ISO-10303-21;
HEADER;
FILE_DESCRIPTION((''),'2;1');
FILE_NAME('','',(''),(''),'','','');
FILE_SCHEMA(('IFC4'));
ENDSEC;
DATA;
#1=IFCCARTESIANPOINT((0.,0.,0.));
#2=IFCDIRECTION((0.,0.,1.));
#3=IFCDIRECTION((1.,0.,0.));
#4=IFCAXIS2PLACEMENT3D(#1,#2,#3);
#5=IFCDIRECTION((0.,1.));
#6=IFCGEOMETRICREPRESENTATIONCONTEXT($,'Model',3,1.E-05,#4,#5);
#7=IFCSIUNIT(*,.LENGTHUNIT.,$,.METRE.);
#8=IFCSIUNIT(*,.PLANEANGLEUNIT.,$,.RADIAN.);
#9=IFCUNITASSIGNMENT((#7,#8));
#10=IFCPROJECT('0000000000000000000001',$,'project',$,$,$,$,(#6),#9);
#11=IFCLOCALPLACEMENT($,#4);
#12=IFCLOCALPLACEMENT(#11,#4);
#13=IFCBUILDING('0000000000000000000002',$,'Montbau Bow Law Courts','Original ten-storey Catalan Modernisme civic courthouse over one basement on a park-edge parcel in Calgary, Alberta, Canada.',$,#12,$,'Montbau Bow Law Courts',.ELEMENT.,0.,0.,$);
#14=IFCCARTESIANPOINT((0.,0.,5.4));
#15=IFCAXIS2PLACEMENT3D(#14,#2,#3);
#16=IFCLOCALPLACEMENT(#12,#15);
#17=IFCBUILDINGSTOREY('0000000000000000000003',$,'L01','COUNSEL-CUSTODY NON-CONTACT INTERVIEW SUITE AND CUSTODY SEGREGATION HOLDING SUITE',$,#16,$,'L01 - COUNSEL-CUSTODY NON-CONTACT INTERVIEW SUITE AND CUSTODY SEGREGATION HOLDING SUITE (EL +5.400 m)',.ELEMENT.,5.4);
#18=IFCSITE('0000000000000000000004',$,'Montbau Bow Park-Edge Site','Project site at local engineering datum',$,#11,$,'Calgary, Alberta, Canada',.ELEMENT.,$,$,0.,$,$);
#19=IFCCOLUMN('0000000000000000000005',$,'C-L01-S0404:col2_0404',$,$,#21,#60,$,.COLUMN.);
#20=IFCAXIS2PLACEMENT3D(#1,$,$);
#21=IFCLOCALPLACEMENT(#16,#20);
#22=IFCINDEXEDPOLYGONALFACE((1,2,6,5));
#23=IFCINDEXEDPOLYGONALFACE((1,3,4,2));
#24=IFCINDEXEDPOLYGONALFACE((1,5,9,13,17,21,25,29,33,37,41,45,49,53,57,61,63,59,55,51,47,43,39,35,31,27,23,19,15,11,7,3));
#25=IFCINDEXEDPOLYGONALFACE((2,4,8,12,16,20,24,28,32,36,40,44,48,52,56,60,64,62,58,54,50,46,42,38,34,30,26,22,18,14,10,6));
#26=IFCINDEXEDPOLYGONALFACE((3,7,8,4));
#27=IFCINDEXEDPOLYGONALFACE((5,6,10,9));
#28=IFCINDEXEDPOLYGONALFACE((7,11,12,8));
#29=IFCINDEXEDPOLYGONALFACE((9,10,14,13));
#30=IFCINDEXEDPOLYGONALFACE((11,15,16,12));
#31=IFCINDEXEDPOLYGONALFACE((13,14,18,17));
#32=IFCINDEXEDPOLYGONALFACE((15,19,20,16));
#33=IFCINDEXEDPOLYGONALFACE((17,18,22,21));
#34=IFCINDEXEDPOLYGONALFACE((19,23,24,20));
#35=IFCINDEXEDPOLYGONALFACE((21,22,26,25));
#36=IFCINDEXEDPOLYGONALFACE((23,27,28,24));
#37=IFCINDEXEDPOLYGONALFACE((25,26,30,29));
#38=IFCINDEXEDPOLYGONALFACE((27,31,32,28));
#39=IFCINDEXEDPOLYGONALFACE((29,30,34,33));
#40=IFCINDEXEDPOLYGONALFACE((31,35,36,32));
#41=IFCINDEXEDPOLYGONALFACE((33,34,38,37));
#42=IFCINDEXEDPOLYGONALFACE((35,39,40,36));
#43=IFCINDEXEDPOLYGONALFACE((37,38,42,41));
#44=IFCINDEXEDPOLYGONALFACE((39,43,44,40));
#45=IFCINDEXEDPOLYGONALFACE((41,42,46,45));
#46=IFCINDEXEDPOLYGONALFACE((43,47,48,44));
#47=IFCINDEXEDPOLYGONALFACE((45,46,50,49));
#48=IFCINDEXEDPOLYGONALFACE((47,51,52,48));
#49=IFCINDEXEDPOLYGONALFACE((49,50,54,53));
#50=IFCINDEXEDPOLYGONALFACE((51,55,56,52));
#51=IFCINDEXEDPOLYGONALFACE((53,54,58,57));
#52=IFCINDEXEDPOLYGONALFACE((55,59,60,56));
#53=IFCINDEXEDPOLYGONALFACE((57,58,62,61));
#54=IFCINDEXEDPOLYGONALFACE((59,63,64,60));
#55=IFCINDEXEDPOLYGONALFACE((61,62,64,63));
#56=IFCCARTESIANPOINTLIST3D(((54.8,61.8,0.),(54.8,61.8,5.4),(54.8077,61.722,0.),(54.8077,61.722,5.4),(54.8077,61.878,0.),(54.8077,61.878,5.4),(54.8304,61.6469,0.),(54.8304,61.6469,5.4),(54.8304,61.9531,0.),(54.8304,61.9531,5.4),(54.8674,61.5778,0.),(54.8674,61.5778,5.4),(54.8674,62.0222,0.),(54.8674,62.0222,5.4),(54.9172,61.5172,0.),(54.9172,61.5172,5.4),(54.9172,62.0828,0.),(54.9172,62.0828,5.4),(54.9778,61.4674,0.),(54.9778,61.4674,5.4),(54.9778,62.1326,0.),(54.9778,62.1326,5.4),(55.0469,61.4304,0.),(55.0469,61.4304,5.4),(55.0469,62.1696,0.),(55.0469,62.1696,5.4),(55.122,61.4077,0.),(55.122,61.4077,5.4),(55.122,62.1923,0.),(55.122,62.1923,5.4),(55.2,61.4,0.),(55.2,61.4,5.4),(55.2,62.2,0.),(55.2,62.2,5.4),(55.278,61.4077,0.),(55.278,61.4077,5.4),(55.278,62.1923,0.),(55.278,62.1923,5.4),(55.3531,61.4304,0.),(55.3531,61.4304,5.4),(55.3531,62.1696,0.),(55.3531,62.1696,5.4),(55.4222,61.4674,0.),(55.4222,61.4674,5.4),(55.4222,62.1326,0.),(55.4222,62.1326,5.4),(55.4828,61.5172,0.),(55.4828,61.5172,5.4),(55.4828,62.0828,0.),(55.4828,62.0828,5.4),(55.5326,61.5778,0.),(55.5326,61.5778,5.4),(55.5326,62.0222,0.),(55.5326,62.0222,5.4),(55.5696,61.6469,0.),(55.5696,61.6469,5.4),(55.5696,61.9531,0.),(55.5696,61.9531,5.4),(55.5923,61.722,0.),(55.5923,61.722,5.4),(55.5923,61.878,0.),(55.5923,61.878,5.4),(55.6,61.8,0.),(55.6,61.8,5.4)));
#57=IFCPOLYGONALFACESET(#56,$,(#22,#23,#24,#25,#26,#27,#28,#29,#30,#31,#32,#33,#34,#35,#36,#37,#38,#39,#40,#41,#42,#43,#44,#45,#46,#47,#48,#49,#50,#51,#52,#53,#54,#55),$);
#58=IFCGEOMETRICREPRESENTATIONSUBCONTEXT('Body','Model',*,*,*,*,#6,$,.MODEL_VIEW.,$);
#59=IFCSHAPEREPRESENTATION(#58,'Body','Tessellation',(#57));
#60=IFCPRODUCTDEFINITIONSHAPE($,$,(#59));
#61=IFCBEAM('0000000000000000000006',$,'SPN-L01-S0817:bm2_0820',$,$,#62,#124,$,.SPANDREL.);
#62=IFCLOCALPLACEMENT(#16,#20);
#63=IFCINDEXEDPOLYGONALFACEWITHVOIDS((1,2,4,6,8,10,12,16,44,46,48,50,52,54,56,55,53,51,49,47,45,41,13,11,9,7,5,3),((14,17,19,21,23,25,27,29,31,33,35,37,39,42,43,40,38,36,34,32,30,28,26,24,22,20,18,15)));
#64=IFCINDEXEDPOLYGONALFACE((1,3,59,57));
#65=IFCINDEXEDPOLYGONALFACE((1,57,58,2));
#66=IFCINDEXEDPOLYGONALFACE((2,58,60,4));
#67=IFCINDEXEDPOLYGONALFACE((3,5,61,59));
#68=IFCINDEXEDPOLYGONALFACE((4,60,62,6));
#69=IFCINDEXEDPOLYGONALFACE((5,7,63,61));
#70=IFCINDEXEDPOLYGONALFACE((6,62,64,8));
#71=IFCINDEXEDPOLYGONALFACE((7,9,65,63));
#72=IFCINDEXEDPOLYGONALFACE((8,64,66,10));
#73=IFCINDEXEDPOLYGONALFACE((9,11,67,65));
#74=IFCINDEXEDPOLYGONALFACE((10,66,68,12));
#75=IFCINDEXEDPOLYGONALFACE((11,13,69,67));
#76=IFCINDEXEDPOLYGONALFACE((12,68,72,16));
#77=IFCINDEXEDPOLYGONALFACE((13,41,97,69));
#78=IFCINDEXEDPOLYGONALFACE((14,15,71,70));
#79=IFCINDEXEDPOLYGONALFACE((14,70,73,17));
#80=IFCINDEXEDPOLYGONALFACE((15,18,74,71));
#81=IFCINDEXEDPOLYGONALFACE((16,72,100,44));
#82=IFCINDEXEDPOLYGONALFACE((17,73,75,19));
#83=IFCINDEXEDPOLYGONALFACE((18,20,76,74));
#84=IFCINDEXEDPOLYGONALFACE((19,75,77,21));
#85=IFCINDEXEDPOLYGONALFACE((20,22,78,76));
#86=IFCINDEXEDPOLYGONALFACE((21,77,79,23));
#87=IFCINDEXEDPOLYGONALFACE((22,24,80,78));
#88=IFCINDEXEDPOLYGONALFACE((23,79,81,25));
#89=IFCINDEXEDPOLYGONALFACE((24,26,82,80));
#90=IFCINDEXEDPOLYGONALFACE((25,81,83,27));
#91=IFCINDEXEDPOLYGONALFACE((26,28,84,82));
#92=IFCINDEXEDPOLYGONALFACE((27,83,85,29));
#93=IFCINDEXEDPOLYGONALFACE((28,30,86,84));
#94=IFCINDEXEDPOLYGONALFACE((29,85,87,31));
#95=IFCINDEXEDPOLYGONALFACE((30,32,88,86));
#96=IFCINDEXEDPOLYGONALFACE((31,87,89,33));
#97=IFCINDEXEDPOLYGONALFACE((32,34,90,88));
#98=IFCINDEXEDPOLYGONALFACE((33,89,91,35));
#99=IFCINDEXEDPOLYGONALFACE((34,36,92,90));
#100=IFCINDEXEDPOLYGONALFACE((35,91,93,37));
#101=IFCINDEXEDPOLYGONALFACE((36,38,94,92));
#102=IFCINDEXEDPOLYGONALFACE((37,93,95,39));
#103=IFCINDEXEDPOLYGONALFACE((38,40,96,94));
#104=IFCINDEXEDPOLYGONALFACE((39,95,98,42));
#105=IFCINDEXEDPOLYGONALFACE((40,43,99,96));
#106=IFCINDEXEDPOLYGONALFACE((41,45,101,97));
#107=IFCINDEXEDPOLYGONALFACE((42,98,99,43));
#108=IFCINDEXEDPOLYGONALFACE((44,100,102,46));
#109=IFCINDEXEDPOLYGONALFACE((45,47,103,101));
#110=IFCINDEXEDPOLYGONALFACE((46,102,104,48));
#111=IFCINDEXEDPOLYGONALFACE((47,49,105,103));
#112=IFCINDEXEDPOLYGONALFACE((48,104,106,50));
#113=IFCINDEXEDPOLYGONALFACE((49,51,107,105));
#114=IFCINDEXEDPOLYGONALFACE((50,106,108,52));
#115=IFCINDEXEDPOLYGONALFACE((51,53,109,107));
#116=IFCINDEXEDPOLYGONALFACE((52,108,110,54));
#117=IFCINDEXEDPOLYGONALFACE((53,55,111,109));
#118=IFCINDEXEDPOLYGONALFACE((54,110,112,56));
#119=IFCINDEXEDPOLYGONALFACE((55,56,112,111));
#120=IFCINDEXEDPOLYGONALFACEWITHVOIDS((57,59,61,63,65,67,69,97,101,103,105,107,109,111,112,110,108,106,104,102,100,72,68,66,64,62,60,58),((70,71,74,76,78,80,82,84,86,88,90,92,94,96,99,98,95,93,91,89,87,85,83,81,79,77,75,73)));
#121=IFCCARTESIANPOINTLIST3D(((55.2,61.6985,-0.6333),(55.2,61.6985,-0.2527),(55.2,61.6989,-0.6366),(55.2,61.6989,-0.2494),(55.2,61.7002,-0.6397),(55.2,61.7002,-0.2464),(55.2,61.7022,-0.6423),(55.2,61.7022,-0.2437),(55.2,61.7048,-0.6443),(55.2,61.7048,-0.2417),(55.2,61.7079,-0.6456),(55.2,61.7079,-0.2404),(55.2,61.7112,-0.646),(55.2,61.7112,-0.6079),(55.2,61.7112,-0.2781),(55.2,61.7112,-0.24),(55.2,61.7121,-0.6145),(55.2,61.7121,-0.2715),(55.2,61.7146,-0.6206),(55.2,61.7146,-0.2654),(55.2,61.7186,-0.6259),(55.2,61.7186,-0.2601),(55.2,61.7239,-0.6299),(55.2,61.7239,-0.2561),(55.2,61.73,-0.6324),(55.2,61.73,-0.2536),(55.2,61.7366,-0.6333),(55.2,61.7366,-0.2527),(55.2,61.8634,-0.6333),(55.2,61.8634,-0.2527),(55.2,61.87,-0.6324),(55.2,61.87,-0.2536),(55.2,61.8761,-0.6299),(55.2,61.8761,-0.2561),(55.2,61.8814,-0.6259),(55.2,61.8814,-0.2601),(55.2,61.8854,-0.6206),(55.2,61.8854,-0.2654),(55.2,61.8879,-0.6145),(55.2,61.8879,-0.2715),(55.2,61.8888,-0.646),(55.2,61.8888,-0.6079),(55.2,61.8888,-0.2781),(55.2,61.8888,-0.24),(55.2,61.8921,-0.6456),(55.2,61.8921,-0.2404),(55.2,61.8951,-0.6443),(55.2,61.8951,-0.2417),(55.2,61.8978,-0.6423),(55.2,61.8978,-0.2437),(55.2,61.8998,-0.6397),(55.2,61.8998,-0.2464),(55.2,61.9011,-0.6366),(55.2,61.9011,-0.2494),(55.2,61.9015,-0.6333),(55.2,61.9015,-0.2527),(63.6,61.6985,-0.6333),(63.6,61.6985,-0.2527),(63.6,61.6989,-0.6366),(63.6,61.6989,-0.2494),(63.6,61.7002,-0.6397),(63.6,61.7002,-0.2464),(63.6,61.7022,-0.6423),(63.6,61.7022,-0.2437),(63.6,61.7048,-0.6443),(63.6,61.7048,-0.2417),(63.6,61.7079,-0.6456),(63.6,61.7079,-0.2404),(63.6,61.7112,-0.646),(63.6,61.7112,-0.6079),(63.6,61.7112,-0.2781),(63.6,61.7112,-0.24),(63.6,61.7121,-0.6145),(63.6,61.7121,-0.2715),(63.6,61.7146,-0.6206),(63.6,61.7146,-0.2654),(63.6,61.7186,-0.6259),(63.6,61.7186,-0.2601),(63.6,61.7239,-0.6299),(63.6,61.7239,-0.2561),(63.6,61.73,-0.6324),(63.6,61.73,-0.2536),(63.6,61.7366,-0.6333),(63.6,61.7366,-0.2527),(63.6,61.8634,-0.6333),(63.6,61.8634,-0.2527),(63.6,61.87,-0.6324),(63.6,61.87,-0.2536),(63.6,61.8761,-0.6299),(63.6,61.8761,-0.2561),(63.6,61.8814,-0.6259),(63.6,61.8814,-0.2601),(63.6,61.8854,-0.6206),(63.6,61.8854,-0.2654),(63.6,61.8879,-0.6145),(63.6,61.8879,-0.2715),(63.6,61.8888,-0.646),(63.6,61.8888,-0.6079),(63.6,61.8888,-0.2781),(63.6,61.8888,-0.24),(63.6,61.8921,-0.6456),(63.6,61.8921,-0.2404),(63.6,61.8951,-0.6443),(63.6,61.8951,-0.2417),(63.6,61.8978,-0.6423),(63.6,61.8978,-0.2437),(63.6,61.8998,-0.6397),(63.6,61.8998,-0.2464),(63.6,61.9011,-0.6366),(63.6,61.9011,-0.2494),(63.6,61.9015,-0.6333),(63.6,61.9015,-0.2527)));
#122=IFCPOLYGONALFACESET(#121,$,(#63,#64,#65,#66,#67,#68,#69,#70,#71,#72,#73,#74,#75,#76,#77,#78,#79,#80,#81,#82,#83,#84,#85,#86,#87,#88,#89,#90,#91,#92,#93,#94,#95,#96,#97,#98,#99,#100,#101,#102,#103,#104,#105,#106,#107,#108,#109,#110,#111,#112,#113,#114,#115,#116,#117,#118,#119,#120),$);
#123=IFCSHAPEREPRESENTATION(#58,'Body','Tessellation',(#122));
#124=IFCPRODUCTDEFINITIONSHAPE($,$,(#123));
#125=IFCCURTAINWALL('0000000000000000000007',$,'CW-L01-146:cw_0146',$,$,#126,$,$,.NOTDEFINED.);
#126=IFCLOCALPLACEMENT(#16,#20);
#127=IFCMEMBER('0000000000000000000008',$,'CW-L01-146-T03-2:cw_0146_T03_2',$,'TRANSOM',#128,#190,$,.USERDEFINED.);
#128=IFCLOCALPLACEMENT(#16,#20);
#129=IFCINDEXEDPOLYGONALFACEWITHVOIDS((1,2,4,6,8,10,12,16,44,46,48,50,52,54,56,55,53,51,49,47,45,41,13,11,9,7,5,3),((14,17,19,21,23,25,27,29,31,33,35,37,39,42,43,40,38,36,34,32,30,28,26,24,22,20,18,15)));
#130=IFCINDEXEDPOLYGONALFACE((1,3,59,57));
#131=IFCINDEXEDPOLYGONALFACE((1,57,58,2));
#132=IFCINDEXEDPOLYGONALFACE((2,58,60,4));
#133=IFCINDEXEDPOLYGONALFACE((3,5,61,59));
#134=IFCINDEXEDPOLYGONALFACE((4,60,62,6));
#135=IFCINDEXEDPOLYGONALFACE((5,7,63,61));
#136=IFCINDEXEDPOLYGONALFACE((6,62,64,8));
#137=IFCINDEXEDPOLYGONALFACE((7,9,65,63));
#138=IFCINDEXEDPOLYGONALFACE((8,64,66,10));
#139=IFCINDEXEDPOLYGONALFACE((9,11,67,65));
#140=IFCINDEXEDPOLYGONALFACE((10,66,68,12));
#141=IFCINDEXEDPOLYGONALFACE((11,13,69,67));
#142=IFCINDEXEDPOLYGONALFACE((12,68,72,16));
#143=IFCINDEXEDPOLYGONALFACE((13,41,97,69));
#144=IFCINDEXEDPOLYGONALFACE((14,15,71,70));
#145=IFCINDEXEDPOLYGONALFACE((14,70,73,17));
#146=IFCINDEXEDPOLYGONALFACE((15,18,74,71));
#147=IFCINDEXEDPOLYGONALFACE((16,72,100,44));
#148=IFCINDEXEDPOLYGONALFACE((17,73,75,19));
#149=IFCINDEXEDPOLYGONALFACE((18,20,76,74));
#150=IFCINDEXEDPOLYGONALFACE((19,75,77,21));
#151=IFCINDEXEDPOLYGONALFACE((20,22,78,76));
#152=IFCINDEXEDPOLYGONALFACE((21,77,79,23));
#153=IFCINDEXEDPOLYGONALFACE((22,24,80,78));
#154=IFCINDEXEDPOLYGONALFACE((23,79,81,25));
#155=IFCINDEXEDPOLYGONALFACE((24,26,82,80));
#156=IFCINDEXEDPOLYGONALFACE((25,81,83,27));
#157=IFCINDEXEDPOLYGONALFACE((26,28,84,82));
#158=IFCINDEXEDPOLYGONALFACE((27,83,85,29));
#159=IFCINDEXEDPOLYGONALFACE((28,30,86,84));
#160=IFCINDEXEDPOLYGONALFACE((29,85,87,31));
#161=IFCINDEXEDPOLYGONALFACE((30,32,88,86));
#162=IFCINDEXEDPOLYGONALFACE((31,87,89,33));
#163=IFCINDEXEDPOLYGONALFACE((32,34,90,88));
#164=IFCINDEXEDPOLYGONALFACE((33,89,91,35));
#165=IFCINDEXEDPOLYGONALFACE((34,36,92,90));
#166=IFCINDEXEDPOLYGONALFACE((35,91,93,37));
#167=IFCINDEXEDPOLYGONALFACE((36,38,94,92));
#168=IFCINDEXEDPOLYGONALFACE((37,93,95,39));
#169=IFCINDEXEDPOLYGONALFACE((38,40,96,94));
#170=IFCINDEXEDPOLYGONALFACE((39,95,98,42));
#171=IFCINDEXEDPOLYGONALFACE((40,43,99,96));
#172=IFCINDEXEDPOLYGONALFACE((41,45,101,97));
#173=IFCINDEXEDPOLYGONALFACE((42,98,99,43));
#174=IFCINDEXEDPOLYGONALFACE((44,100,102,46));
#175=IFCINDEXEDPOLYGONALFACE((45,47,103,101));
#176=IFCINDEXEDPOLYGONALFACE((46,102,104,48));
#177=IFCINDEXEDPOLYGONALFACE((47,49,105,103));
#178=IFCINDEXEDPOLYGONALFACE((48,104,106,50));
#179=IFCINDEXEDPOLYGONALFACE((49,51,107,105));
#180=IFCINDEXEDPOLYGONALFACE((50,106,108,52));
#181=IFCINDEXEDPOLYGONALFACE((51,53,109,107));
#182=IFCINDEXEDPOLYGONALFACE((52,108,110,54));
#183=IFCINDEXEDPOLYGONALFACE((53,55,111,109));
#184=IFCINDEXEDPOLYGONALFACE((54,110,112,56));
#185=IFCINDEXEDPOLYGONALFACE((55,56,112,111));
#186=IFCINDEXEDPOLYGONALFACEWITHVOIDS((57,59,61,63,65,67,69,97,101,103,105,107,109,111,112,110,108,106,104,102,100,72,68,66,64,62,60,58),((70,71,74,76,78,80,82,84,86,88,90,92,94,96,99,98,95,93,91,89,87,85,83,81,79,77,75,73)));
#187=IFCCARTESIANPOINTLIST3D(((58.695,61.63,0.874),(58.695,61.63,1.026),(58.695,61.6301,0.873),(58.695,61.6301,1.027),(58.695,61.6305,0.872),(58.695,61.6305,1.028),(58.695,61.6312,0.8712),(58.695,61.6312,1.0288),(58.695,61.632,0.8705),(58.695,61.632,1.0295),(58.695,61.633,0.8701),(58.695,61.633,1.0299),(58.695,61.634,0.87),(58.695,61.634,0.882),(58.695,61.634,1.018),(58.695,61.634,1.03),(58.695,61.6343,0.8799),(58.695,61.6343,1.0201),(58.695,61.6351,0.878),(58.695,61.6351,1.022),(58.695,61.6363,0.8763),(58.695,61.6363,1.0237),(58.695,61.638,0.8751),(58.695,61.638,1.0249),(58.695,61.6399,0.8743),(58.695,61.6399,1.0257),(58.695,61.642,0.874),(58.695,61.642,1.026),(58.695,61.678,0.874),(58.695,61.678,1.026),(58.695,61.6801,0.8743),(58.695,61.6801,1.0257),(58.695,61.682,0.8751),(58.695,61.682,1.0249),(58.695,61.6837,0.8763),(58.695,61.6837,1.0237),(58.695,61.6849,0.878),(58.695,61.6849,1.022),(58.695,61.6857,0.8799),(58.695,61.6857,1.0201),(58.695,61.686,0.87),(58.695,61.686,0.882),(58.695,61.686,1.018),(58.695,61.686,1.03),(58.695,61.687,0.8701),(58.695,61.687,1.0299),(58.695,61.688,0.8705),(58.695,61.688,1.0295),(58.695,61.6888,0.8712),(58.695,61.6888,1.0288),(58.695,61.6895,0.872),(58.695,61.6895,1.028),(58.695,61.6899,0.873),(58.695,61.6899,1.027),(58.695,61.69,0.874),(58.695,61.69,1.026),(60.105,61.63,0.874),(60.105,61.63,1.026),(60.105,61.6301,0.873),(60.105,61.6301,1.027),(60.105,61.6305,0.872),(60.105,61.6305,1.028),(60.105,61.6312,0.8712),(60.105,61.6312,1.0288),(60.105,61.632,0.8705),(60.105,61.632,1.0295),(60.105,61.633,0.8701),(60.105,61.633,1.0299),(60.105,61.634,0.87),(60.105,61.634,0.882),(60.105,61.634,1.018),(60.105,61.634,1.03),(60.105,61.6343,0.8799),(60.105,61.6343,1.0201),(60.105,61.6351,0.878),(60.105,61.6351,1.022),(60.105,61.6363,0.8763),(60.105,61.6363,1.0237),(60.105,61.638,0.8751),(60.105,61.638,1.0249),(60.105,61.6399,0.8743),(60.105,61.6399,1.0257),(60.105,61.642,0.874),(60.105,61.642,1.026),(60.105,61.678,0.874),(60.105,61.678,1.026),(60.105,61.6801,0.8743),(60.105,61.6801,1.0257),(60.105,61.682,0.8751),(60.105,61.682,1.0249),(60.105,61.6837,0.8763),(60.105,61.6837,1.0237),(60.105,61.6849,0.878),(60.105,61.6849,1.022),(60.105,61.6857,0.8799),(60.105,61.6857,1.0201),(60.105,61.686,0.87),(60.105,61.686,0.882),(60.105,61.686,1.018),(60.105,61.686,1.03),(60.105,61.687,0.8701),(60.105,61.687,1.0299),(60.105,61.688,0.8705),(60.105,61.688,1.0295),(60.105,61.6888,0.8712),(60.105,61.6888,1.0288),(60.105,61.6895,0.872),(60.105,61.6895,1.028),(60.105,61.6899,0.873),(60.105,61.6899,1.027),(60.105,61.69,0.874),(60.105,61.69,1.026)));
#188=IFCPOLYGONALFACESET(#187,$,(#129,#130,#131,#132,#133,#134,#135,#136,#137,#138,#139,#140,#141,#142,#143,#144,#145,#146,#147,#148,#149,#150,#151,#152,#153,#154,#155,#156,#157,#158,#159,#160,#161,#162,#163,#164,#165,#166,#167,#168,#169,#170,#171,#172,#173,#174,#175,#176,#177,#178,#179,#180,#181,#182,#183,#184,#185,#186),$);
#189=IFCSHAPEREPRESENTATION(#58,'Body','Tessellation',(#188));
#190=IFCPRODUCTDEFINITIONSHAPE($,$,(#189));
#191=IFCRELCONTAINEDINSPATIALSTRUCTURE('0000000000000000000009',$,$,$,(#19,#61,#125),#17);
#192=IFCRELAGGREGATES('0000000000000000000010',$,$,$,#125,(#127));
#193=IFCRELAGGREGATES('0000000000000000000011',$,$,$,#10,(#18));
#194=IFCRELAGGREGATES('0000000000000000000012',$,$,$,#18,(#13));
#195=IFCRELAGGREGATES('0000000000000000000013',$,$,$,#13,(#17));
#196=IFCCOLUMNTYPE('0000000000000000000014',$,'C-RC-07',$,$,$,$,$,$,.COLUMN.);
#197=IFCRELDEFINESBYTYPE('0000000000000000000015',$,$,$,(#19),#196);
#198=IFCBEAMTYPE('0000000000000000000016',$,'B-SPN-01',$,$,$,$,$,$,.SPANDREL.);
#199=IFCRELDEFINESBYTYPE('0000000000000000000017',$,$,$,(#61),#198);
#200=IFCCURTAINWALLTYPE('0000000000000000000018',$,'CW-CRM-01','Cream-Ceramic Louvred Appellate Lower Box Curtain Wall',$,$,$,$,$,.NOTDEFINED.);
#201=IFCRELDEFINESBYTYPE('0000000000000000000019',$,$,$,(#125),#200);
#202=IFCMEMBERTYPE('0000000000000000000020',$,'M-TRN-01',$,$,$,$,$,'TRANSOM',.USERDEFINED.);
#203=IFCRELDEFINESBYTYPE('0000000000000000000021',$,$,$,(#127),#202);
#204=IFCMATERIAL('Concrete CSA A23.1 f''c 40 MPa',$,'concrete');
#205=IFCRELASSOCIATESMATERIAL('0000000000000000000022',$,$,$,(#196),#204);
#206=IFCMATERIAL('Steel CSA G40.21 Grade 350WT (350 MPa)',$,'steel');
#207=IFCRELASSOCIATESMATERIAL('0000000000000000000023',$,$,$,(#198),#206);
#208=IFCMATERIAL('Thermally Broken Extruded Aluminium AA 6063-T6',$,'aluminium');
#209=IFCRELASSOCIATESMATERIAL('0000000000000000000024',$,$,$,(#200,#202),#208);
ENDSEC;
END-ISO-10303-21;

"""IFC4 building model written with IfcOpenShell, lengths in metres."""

from ifc_helpers import new_model, si_unit, direction, frame, origin_with_axes, origin_2d_with_axis, place, context, subcontext, project, spatial, hollow_rectangle, circle, extrude, material, material_profile, profile_set, type_object, element, aggregate, save


model = new_model("IFC4")

# Units and contexts
model_context = context("Model", 3, precision=1e-05, world=origin_with_axes(), true_north=direction((0.0, 1.0)))
body_context = subcontext(model_context, "Body", "Model", "MODEL_VIEW")
ifc_project = project(units=[si_unit("LENGTHUNIT", "METRE"), si_unit("PLANEANGLEUNIT", "RADIAN")], contexts=[model_context])

# Site, building, storey
site_placement = place(None, origin_with_axes())
site = spatial("IfcSite", under=ifc_project, at=site_placement, Name="Montbau Bow Park-Edge Site", Description="Project site at local engineering datum", LongName="Calgary, Alberta, Canada", CompositionType="ELEMENT", RefElevation=0.0)
building_placement = place(site_placement, origin_with_axes())
building = spatial("IfcBuilding", under=site, at=building_placement, Name="Montbau Bow Law Courts", Description="Original ten-storey Catalan Modernisme civic courthouse over one basement on a park-edge parcel in Calgary, Alberta, Canada.", LongName="Montbau Bow Law Courts", CompositionType="ELEMENT", ElevationOfRefHeight=0.0, ElevationOfTerrain=0.0)
storey_placement = place(building_placement, frame((0.0, 0.0, 5.4), z_axis=(0.0, 0.0, 1.0), x_axis=(1.0, 0.0, 0.0)))
storey = spatial("IfcBuildingStorey", under=building, at=storey_placement, Name="L01", Description="COUNSEL-CUSTODY NON-CONTACT INTERVIEW SUITE AND CUSTODY SEGREGATION HOLDING SUITE", LongName="L01 - COUNSEL-CUSTODY NON-CONTACT INTERVIEW SUITE AND CUSTODY SEGREGATION HOLDING SUITE (EL +5.400 m)", CompositionType="ELEMENT", Elevation=5.4)

# Column
ifc_material_1 = material(Name="Concrete CSA A23.1 f'c 40 MPa", Category="concrete")
ifc_material_profile_1 = material_profile(ifc_material_1, circle(Radius=0.4, at=origin_2d_with_axis()), Name="RC800D", Category="Main", Priority=0)
ifc_profile_set_1 = profile_set([ifc_material_profile_1], Name="Concrete CSA A23.1 f'c 40 MPa")
column_type = type_object("IfcColumnType", Name="C-RC-07", PredefinedType="COLUMN", material=ifc_profile_set_1)
column_placement = place(None, frame((55.2, 61.8, 5.4), z_axis=(0.0, 0.0, 1.0), x_axis=(1.0, 0.0, 0.0)))
element("IfcColumn", 1, at=column_placement, inside=storey, type_object=column_type, Name="C-L01-S0404:col2_0404", PredefinedType="COLUMN", context=body_context, shape_type="SweptSolid", body=[
    extrude(circle(Radius=0.4, at=origin_2d_with_axis()), origin_with_axes(), (0.0, 0.0, 1.0), 5.4),
])

# Beam
ifc_material_2 = material(Name="Steel CSA G40.21 Grade 350WT (350 MPa)", Category="steel")
ifc_material_profile_2 = material_profile(ifc_material_2, hollow_rectangle(XDim=0.203, YDim=0.406, WallThickness=0.0127, InnerFilletRadius=0.0254, OuterFilletRadius=0.0127, at=origin_2d_with_axis()), Name="HSS406X203X13", Category="Main", Priority=0)
ifc_profile_set_2 = profile_set([ifc_material_profile_2], Name="Steel CSA G40.21 Grade 350WT (350 MPa)")
beam_type = type_object("IfcBeamType", Name="B-SPN-01", PredefinedType="SPANDREL", material=ifc_profile_set_2)
beam_placement = place(None, frame((55.2, 61.8, 4.957), z_axis=(1.0, 0.0, 0.0), x_axis=(0.0, 1.0, 0.0)))
element("IfcBeam", 2, at=beam_placement, inside=storey, type_object=beam_type, Name="SPN-L01-S0817:bm2_0820", PredefinedType="SPANDREL", context=body_context, shape_type="SweptSolid", body=[
    extrude(hollow_rectangle(XDim=0.203, YDim=0.406, WallThickness=0.0127, InnerFilletRadius=0.0254, OuterFilletRadius=0.0127, at=origin_2d_with_axis()), origin_with_axes(), (0.0, 0.0, 1.0), 8.4),
])

# Curtain wall, member
ifc_material_3 = material(Name="Thermally Broken Extruded Aluminium AA 6063-T6", Category="aluminium")
curtain_wall_type = type_object("IfcCurtainWallType", Name="CW-CRM-01", Description="Cream-Ceramic Louvred Appellate Lower Box Curtain Wall", PredefinedType="NOTDEFINED", material=ifc_material_3)
curtain_wall_placement = place(None, frame((55.715, 61.66, 5.4), z_axis=(0.0, 0.0, 1.0), x_axis=(1.0, 0.0, 0.0)))
curtain_wall = element("IfcCurtainWall", 3, at=curtain_wall_placement, inside=storey, type_object=curtain_wall_type, Name="CW-L01-146:cw_0146", PredefinedType="NOTDEFINED")
ifc_material_profile_3 = material_profile(ifc_material_3, hollow_rectangle(XDim=0.06, YDim=0.16, WallThickness=0.004, InnerFilletRadius=0.008, OuterFilletRadius=0.004, at=origin_2d_with_axis()), Name="CWT-160X60", Category="Main", Priority=0)
ifc_profile_set_3 = profile_set([ifc_material_profile_3], Name="Thermally Broken Extruded Aluminium AA 6063-T6")
member_type = type_object("IfcMemberType", Name="M-TRN-01", ElementType="TRANSOM", PredefinedType="USERDEFINED", material=ifc_profile_set_3)
member_1_placement = place(None, frame((58.695, 61.66, 6.35), z_axis=(1.0, 0.0, 0.0), x_axis=(0.0, 1.0, 0.0)))
member_1 = element("IfcMember", 4, at=member_1_placement, type_object=member_type, Name="CW-L01-146-T03-2:cw_0146_T03_2", ObjectType="TRANSOM", PredefinedType="USERDEFINED", context=body_context, shape_type="SweptSolid", body=[
    extrude(hollow_rectangle(XDim=0.06, YDim=0.16, WallThickness=0.004, InnerFilletRadius=0.008, OuterFilletRadius=0.004, at=origin_2d_with_axis()), origin_with_axes(), (0.0, 0.0, 1.0), 1.41),
])
aggregate(curtain_wall, [member_1])

save(model, "model.ifc")
